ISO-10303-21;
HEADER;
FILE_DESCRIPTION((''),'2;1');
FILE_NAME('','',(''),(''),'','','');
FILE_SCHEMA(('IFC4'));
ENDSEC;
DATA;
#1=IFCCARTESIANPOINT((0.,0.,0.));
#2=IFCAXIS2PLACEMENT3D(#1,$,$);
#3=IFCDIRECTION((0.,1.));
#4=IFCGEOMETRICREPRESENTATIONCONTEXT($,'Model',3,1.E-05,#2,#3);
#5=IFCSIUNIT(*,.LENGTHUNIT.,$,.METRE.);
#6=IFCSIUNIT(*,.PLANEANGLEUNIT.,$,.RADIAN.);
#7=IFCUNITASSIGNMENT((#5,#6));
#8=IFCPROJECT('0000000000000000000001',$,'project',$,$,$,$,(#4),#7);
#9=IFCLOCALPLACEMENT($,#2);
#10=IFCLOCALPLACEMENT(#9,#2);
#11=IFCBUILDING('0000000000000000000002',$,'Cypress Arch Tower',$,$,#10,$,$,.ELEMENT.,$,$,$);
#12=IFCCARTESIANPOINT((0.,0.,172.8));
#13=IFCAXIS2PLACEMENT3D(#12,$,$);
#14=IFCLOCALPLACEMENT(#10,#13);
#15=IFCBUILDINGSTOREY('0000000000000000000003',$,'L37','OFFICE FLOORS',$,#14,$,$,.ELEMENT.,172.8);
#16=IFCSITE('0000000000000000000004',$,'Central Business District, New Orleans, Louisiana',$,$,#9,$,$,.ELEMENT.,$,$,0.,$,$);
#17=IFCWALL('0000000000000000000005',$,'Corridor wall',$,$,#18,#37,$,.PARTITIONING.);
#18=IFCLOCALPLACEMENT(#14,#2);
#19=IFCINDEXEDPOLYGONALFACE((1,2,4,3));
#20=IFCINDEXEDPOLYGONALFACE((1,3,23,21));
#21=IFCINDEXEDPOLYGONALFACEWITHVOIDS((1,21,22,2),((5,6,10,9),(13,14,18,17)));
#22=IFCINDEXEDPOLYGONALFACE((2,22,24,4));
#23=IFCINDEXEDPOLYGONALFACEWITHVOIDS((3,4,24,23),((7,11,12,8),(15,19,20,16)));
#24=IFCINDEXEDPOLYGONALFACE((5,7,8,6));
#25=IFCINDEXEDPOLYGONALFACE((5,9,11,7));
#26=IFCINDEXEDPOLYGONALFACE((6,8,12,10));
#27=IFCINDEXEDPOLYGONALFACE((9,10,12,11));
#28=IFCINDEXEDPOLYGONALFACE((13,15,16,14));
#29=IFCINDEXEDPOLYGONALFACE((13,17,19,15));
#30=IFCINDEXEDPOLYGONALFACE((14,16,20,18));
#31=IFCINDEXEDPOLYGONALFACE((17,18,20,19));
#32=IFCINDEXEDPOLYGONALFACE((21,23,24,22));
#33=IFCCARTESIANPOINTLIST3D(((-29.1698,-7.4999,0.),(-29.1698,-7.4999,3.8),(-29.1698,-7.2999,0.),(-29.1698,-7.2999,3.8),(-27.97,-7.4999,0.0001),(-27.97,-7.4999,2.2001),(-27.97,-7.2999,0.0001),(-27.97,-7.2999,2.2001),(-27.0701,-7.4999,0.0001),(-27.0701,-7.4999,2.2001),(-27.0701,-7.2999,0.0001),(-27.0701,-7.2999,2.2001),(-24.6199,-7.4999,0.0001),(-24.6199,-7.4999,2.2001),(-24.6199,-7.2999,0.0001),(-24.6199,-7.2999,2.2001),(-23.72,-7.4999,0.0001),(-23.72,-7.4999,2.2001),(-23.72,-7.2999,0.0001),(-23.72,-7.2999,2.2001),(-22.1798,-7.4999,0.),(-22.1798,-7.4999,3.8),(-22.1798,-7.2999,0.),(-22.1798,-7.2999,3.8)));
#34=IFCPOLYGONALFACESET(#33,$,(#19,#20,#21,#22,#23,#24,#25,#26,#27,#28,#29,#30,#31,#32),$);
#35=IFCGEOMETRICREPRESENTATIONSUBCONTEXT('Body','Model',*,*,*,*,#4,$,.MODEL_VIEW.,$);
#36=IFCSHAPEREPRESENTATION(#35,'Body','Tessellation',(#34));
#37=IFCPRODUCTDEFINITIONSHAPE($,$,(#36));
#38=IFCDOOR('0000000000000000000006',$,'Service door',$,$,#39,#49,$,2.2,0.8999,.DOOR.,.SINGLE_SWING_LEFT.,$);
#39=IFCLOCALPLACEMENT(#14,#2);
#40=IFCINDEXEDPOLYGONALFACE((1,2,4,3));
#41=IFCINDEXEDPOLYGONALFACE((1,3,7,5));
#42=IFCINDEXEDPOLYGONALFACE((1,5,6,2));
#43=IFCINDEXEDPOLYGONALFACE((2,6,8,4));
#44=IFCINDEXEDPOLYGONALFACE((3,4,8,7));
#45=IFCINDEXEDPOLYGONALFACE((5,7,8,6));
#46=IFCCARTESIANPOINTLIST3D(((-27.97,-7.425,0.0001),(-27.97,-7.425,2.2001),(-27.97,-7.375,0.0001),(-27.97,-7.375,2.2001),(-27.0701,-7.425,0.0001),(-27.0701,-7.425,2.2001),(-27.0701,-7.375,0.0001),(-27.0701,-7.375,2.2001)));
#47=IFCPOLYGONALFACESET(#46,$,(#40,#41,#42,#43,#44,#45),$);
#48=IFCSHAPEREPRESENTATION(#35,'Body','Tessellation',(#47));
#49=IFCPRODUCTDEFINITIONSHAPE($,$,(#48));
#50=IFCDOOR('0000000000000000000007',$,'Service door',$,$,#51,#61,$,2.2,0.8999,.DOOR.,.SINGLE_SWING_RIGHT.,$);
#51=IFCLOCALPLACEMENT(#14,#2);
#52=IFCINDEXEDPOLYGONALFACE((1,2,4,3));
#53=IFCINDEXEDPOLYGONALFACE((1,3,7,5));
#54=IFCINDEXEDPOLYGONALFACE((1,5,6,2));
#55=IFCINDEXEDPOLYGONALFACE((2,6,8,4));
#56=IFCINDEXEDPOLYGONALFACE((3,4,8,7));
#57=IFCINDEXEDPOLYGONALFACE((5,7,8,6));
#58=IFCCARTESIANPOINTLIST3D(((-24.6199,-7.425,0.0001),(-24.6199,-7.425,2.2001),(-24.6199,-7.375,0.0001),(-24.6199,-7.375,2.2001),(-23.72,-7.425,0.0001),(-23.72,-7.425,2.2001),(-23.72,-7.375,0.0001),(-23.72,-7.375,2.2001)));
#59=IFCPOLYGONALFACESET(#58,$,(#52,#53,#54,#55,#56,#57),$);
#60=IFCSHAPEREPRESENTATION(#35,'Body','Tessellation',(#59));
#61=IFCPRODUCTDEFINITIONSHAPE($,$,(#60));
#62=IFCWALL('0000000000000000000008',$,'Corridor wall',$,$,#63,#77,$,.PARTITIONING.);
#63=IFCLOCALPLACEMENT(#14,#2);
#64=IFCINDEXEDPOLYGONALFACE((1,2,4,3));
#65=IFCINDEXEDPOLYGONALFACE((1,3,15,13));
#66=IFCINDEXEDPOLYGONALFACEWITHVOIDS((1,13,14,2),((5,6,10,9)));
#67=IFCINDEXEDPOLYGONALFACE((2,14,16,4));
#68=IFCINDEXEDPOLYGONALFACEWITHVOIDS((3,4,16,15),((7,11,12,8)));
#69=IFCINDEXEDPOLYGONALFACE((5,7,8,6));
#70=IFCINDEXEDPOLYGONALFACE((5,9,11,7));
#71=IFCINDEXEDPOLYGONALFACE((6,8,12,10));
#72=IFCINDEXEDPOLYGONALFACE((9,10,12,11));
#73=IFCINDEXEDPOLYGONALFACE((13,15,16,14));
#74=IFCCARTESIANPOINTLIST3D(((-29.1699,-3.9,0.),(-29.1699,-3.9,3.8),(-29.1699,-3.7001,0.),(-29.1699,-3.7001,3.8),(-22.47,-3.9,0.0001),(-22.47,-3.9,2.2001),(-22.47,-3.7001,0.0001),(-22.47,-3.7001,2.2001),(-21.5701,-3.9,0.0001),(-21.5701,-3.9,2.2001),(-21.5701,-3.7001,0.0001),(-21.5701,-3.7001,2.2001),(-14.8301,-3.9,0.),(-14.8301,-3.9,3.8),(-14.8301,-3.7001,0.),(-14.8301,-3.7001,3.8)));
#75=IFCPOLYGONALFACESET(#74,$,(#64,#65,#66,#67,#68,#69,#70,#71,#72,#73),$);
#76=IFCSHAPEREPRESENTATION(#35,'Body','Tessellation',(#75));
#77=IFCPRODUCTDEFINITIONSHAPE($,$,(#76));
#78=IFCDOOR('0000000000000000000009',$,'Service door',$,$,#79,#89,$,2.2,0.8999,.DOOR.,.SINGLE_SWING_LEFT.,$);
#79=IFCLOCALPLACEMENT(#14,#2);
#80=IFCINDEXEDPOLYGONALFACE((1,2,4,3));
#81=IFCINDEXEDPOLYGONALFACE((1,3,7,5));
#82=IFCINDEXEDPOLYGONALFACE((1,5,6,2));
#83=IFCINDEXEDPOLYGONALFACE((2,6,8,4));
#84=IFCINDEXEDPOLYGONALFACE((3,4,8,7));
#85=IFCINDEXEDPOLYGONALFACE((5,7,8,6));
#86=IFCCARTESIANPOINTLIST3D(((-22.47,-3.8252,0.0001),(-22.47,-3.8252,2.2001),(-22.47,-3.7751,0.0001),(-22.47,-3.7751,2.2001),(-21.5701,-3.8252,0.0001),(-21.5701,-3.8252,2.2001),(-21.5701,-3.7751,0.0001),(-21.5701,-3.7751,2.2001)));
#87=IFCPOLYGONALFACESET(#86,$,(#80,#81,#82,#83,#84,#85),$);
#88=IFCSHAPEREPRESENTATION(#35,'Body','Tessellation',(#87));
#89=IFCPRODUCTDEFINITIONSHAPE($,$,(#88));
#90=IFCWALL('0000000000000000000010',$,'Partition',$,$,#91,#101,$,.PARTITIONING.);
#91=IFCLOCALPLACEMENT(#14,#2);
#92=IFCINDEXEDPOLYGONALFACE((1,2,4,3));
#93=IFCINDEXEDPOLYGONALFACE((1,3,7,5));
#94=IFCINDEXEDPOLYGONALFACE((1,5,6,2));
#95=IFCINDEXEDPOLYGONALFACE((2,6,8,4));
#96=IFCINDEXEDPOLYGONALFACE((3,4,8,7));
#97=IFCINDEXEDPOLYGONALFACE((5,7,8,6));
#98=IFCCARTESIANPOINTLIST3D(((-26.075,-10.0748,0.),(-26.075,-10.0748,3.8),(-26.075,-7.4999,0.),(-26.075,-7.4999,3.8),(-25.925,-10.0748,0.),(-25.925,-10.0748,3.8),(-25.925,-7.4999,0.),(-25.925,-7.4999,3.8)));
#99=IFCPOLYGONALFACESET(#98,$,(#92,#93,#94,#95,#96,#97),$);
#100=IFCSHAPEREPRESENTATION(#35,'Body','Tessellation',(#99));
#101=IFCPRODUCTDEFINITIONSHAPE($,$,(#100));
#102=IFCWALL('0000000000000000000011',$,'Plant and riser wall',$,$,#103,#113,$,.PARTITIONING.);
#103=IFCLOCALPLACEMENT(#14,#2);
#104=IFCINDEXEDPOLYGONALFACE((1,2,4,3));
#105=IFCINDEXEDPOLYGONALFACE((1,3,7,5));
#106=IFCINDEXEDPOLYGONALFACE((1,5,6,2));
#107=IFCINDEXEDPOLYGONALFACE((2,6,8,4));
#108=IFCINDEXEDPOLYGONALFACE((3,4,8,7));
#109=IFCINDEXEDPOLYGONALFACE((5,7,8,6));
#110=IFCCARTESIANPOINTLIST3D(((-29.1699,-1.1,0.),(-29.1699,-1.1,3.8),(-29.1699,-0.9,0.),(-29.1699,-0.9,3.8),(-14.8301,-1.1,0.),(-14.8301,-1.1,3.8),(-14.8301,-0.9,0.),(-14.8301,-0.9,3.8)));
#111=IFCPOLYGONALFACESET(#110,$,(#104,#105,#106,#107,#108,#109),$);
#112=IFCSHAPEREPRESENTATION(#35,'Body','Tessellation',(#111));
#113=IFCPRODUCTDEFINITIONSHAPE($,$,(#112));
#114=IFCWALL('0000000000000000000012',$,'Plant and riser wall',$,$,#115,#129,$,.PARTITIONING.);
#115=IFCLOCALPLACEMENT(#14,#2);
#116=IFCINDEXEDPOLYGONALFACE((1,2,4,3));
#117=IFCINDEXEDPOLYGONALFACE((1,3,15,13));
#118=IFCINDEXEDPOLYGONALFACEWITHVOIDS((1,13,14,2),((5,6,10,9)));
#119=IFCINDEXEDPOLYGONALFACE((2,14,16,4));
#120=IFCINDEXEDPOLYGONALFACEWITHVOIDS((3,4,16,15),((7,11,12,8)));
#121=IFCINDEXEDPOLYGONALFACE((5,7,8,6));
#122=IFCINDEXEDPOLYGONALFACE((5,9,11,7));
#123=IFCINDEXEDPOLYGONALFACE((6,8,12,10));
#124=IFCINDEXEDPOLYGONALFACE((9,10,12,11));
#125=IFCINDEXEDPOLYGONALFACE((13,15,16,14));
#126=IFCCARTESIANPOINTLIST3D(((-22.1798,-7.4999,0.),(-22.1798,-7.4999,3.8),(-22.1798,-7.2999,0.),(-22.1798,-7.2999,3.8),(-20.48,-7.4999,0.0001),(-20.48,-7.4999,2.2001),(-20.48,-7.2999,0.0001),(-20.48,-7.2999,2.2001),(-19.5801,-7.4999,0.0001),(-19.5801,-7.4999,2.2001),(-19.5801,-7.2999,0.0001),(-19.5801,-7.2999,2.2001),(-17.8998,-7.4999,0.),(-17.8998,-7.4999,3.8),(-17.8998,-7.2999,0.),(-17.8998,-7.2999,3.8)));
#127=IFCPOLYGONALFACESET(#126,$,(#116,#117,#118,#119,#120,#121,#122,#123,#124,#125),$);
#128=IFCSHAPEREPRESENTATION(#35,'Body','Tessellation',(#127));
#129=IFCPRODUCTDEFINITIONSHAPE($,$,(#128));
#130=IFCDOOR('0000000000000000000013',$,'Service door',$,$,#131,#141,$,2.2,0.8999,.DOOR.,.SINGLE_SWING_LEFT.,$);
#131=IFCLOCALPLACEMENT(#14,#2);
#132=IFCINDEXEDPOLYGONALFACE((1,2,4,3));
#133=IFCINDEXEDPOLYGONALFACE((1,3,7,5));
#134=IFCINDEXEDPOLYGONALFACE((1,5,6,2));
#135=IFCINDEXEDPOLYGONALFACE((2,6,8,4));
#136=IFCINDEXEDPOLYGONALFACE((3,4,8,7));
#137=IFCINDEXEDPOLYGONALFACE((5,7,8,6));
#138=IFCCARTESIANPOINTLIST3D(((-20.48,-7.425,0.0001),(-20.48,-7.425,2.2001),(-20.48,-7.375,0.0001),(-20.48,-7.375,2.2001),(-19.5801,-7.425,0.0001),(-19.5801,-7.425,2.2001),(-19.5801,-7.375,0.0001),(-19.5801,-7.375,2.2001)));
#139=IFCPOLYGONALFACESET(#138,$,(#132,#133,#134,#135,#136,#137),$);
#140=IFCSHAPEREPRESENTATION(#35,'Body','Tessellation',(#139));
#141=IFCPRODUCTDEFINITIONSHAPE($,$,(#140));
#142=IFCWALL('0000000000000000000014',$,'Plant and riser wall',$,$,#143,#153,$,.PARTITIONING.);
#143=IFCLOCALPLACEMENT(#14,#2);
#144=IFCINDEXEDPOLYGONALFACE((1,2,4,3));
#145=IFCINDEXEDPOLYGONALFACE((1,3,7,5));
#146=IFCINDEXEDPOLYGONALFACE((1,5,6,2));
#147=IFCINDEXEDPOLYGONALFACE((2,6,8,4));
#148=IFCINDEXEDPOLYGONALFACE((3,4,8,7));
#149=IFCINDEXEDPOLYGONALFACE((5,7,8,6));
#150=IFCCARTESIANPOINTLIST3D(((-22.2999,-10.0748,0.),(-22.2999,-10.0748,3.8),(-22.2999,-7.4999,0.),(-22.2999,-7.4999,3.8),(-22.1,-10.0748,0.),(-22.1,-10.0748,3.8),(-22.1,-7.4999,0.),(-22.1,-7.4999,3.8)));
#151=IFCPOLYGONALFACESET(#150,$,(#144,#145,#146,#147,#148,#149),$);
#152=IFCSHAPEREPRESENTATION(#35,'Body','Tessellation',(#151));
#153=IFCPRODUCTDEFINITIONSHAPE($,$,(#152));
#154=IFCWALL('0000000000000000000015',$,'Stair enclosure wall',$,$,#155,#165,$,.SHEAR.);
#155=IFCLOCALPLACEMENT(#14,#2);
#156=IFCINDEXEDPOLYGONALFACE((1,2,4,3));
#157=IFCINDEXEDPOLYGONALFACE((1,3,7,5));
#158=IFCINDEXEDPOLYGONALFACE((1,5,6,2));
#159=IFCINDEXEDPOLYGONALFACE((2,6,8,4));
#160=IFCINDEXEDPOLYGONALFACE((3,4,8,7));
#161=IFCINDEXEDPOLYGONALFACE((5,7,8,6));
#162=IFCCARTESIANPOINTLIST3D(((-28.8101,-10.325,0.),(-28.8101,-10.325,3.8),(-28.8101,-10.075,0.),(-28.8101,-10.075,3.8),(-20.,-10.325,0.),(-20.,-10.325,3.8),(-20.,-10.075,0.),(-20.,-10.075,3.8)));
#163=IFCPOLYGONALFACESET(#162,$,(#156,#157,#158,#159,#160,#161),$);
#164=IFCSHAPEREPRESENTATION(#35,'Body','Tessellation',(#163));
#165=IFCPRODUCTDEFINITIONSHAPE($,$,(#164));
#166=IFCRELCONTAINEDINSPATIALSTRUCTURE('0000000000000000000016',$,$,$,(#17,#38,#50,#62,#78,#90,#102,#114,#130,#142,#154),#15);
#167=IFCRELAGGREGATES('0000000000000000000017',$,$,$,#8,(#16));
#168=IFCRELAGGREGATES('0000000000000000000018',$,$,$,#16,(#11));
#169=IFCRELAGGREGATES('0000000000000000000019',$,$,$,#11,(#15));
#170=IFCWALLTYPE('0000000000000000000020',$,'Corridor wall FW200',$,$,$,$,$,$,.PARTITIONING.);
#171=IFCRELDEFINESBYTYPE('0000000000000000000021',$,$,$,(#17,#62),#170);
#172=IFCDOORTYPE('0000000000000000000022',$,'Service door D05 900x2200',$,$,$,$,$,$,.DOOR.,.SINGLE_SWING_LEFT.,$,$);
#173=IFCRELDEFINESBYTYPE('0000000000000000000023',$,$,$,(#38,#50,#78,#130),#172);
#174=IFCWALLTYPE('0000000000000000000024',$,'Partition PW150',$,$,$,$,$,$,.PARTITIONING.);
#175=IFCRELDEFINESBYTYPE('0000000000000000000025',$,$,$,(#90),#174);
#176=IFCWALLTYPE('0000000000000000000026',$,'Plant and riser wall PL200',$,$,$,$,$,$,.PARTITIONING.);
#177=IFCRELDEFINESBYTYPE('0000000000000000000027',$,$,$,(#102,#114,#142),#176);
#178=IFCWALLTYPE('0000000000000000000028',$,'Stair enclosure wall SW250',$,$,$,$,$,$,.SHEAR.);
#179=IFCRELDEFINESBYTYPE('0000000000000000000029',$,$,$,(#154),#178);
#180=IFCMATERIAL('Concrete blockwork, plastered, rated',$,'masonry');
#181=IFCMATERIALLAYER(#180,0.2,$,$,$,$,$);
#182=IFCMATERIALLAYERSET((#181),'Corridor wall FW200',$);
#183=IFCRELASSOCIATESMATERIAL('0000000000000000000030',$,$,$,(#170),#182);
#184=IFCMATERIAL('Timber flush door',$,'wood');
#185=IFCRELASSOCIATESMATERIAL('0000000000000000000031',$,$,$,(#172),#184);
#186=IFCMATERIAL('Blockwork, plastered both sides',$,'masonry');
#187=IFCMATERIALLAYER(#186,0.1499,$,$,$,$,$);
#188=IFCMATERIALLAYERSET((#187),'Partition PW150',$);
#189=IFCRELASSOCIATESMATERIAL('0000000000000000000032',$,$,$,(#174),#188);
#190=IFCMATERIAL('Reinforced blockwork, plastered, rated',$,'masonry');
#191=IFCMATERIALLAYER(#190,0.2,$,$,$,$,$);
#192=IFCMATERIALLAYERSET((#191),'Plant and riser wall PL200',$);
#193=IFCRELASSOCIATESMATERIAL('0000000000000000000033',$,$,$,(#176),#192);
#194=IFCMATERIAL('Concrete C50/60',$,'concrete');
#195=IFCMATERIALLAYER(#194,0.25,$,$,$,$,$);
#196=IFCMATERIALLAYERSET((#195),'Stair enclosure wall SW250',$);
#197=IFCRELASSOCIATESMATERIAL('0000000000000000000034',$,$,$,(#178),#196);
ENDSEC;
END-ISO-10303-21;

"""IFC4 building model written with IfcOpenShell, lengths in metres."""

from ifc_helpers import new_model, si_unit, direction, frame, frame_2d, origin, place, context, subcontext, project, spatial, rectangle, extrude, material, layer, layer_set, type_object, element, fill, save


model = new_model("IFC4")

# Units and contexts
model_context = context("Model", 3, precision=1e-05, world=origin(), true_north=direction((0.0, 1.0)))
body_context = subcontext(model_context, "Body", "Model", "MODEL_VIEW")
ifc_project = project(units=[si_unit("LENGTHUNIT", "METRE"), si_unit("PLANEANGLEUNIT", "RADIAN")], contexts=[model_context])

# Site, building, storey
site_placement = place(None, origin())
site = spatial("IfcSite", under=ifc_project, at=site_placement, Name="Central Business District, New Orleans, Louisiana", CompositionType="ELEMENT", RefElevation=0.0)
building_placement = place(site_placement, origin())
building = spatial("IfcBuilding", under=site, at=building_placement, Name="Cypress Arch Tower", CompositionType="ELEMENT")
storey_placement = place(building_placement, frame((0.0, 0.0, 172.8)))
storey = spatial("IfcBuildingStorey", under=building, at=storey_placement, Name="L37", Description="OFFICE FLOORS", CompositionType="ELEMENT", Elevation=172.8)

# Wall, openings, doors
ifc_material_1 = material(Name="Concrete blockwork, plastered, rated", Category="masonry")
ifc_layer_1 = layer(ifc_material_1, 0.2)
ifc_layer_set_1 = layer_set([ifc_layer_1], Name="Corridor wall FW200")
wall_type_1 = type_object("IfcWallType", Name="Corridor wall FW200", PredefinedType="PARTITIONING", material=ifc_layer_set_1)
wall_1_placement = place(storey_placement, frame((-29.1699, -7.3999, 0.0), z_axis=(0.0, 0.0, 1.0), x_axis=(1.0, 0.0, 0.0)))
wall_1 = element("IfcWall", 1, at=wall_1_placement, inside=storey, type_object=wall_type_1, Name="Corridor wall", PredefinedType="PARTITIONING", context=body_context, shape_type="SweptSolid", body=[
    extrude(rectangle(XDim=6.99, YDim=0.2, at=frame_2d((3.4951, 0.0))), origin(), (0.0, 0.0, 1.0), 3.8),
])
opening_1_placement = place(wall_1_placement, frame((1.2, 0.0, 0.0)))
opening_1 = element("IfcOpeningElement", 2, at=opening_1_placement, cuts=wall_1, PredefinedType="OPENING", context=body_context, shape_type="SweptSolid", body=[
    extrude(rectangle(XDim=0.8999, YDim=2.2, at=frame_2d((0.45, 1.1001))), frame((0.0, 0.1099, 0.0), z_axis=(0.0, -1.0, 0.0), x_axis=(1.0, 0.0, 0.0)), (0.0, 0.0, 1.0), 0.22),
])
opening_2_placement = place(wall_1_placement, frame((4.55, 0.0, 0.0)))
opening_2 = element("IfcOpeningElement", 3, at=opening_2_placement, cuts=wall_1, PredefinedType="OPENING", context=body_context, shape_type="SweptSolid", body=[
    extrude(rectangle(XDim=0.8999, YDim=2.2, at=frame_2d((0.45, 1.1001))), frame((0.0, 0.1099, 0.0), z_axis=(0.0, -1.0, 0.0), x_axis=(1.0, 0.0, 0.0)), (0.0, 0.0, 1.0), 0.22),
])
ifc_material_2 = material(Name="Timber flush door", Category="wood")
door_type = type_object("IfcDoorType", Name="Service door D05 900x2200", OperationType="SINGLE_SWING_LEFT", PredefinedType="DOOR", material=ifc_material_2)
door_1_placement = place(opening_1_placement, origin())
door_1 = element("IfcDoor", 4, at=door_1_placement, inside=storey, type_object=door_type, Name="Service door", OperationType="SINGLE_SWING_LEFT", OverallHeight=2.2, OverallWidth=0.8999, PredefinedType="DOOR", context=body_context, shape_type="SweptSolid", body=[
    extrude(rectangle(XDim=0.8999, YDim=2.2, at=frame_2d((0.45, 1.1001))), frame((0.0, 0.0249, 0.0), z_axis=(0.0, -1.0, 0.0), x_axis=(1.0, 0.0, 0.0)), (0.0, 0.0, 1.0), 0.05),
])
fill(opening_1, door_1)
door_2_placement = place(opening_2_placement, origin())
door_2 = element("IfcDoor", 5, at=door_2_placement, inside=storey, type_object=door_type, Name="Service door", OperationType="SINGLE_SWING_RIGHT", OverallHeight=2.2, OverallWidth=0.8999, PredefinedType="DOOR", context=body_context, shape_type="SweptSolid", body=[
    extrude(rectangle(XDim=0.8999, YDim=2.2, at=frame_2d((0.45, 1.1001))), frame((0.0, 0.0249, 0.0), z_axis=(0.0, -1.0, 0.0), x_axis=(1.0, 0.0, 0.0)), (0.0, 0.0, 1.0), 0.05),
])
fill(opening_2, door_2)

# Wall, opening, door
wall_2_placement = place(storey_placement, frame((-29.1699, -3.8, 0.0), z_axis=(0.0, 0.0, 1.0), x_axis=(1.0, 0.0, 0.0)))
wall_2 = element("IfcWall", 6, at=wall_2_placement, inside=storey, type_object=wall_type_1, Name="Corridor wall", PredefinedType="PARTITIONING", context=body_context, shape_type="SweptSolid", body=[
    extrude(rectangle(XDim=14.3398, YDim=0.2, at=frame_2d((7.1699, 0.0))), origin(), (0.0, 0.0, 1.0), 3.8),
])
opening_3_placement = place(wall_2_placement, frame((6.7, 0.0, 0.0)))
opening_3 = element("IfcOpeningElement", 7, at=opening_3_placement, cuts=wall_2, PredefinedType="OPENING", context=body_context, shape_type="SweptSolid", body=[
    extrude(rectangle(XDim=0.8999, YDim=2.2, at=frame_2d((0.45, 1.1001))), frame((0.0, 0.1099, 0.0), z_axis=(0.0, -1.0, 0.0), x_axis=(1.0, 0.0, 0.0)), (0.0, 0.0, 1.0), 0.22),
])
door_3_placement = place(opening_3_placement, origin())
door_3 = element("IfcDoor", 8, at=door_3_placement, inside=storey, type_object=door_type, Name="Service door", OperationType="SINGLE_SWING_LEFT", OverallHeight=2.2, OverallWidth=0.8999, PredefinedType="DOOR", context=body_context, shape_type="SweptSolid", body=[
    extrude(rectangle(XDim=0.8999, YDim=2.2, at=frame_2d((0.45, 1.1001))), frame((0.0, 0.0249, 0.0), z_axis=(0.0, -1.0, 0.0), x_axis=(1.0, 0.0, 0.0)), (0.0, 0.0, 1.0), 0.05),
])
fill(opening_3, door_3)

# Walls
ifc_material_3 = material(Name="Blockwork, plastered both sides", Category="masonry")
ifc_layer_2 = layer(ifc_material_3, 0.1499)
ifc_layer_set_2 = layer_set([ifc_layer_2], Name="Partition PW150")
wall_type_2 = type_object("IfcWallType", Name="Partition PW150", PredefinedType="PARTITIONING", material=ifc_layer_set_2)
wall_3_placement = place(storey_placement, frame((-26.0, -10.075, 0.0), z_axis=(0.0, 0.0, 1.0), x_axis=(0.0, 1.0, 0.0)))
element("IfcWall", 9, at=wall_3_placement, inside=storey, type_object=wall_type_2, Name="Partition", PredefinedType="PARTITIONING", context=body_context, shape_type="SweptSolid", body=[
    extrude(rectangle(XDim=2.575, YDim=0.1499, at=frame_2d((1.2876, 0.0))), origin(), (0.0, 0.0, 1.0), 3.8),
])
ifc_material_4 = material(Name="Reinforced blockwork, plastered, rated", Category="masonry")
ifc_layer_3 = layer(ifc_material_4, 0.2)
ifc_layer_set_3 = layer_set([ifc_layer_3], Name="Plant and riser wall PL200")
wall_type_3 = type_object("IfcWallType", Name="Plant and riser wall PL200", PredefinedType="PARTITIONING", material=ifc_layer_set_3)
wall_4_placement = place(storey_placement, frame((-29.1699, -1.0, 0.0), z_axis=(0.0, 0.0, 1.0), x_axis=(1.0, 0.0, 0.0)))
element("IfcWall", 10, at=wall_4_placement, inside=storey, type_object=wall_type_3, Name="Plant and riser wall", PredefinedType="PARTITIONING", context=body_context, shape_type="SweptSolid", body=[
    extrude(rectangle(XDim=14.3398, YDim=0.2, at=frame_2d((7.1699, 0.0))), origin(), (0.0, 0.0, 1.0), 3.8),
])

# Wall, opening, door
wall_5_placement = place(storey_placement, frame((-22.1799, -7.3999, 0.0), z_axis=(0.0, 0.0, 1.0), x_axis=(1.0, 0.0, 0.0)))
wall_5 = element("IfcWall", 11, at=wall_5_placement, inside=storey, type_object=wall_type_3, Name="Plant and riser wall", PredefinedType="PARTITIONING", context=body_context, shape_type="SweptSolid", body=[
    extrude(rectangle(XDim=4.28, YDim=0.2, at=frame_2d((2.1401, 0.0))), origin(), (0.0, 0.0, 1.0), 3.8),
])
opening_4_placement = place(wall_5_placement, frame((1.7, 0.0, 0.0)))
opening_4 = element("IfcOpeningElement", 12, at=opening_4_placement, cuts=wall_5, PredefinedType="OPENING", context=body_context, shape_type="SweptSolid", body=[
    extrude(rectangle(XDim=0.8999, YDim=2.2, at=frame_2d((0.45, 1.1001))), frame((0.0, 0.1099, 0.0), z_axis=(0.0, -1.0, 0.0), x_axis=(1.0, 0.0, 0.0)), (0.0, 0.0, 1.0), 0.22),
])
door_4_placement = place(opening_4_placement, origin())
door_4 = element("IfcDoor", 13, at=door_4_placement, inside=storey, type_object=door_type, Name="Service door", OperationType="SINGLE_SWING_LEFT", OverallHeight=2.2, OverallWidth=0.8999, PredefinedType="DOOR", context=body_context, shape_type="SweptSolid", body=[
    extrude(rectangle(XDim=0.8999, YDim=2.2, at=frame_2d((0.45, 1.1001))), frame((0.0, 0.0249, 0.0), z_axis=(0.0, -1.0, 0.0), x_axis=(1.0, 0.0, 0.0)), (0.0, 0.0, 1.0), 0.05),
])
fill(opening_4, door_4)

# Walls
wall_6_placement = place(storey_placement, frame((-22.2, -10.075, 0.0), z_axis=(0.0, 0.0, 1.0), x_axis=(0.0, 1.0, 0.0)))
element("IfcWall", 14, at=wall_6_placement, inside=storey, type_object=wall_type_3, Name="Plant and riser wall", PredefinedType="PARTITIONING", context=body_context, shape_type="SweptSolid", body=[
    extrude(rectangle(XDim=2.575, YDim=0.2, at=frame_2d((1.2876, 0.0))), origin(), (0.0, 0.0, 1.0), 3.8),
])
ifc_material_5 = material(Name="Concrete C50/60", Category="concrete")
ifc_layer_4 = layer(ifc_material_5, 0.25)
ifc_layer_set_4 = layer_set([ifc_layer_4], Name="Stair enclosure wall SW250")
wall_type_4 = type_object("IfcWallType", Name="Stair enclosure wall SW250", PredefinedType="SHEAR", material=ifc_layer_set_4)
wall_7_placement = place(storey_placement, frame((-28.8101, -10.2, 0.0), z_axis=(0.0, 0.0, 1.0), x_axis=(1.0, 0.0, 0.0)))
element("IfcWall", 15, at=wall_7_placement, inside=storey, type_object=wall_type_4, Name="Stair enclosure wall", PredefinedType="SHEAR", context=body_context, shape_type="SweptSolid", body=[
    extrude(rectangle(XDim=8.8101, YDim=0.25, at=frame_2d((4.405, 0.0))), origin(), (0.0, 0.0, 1.0), 3.8),
])

save(model, "model.ifc")
